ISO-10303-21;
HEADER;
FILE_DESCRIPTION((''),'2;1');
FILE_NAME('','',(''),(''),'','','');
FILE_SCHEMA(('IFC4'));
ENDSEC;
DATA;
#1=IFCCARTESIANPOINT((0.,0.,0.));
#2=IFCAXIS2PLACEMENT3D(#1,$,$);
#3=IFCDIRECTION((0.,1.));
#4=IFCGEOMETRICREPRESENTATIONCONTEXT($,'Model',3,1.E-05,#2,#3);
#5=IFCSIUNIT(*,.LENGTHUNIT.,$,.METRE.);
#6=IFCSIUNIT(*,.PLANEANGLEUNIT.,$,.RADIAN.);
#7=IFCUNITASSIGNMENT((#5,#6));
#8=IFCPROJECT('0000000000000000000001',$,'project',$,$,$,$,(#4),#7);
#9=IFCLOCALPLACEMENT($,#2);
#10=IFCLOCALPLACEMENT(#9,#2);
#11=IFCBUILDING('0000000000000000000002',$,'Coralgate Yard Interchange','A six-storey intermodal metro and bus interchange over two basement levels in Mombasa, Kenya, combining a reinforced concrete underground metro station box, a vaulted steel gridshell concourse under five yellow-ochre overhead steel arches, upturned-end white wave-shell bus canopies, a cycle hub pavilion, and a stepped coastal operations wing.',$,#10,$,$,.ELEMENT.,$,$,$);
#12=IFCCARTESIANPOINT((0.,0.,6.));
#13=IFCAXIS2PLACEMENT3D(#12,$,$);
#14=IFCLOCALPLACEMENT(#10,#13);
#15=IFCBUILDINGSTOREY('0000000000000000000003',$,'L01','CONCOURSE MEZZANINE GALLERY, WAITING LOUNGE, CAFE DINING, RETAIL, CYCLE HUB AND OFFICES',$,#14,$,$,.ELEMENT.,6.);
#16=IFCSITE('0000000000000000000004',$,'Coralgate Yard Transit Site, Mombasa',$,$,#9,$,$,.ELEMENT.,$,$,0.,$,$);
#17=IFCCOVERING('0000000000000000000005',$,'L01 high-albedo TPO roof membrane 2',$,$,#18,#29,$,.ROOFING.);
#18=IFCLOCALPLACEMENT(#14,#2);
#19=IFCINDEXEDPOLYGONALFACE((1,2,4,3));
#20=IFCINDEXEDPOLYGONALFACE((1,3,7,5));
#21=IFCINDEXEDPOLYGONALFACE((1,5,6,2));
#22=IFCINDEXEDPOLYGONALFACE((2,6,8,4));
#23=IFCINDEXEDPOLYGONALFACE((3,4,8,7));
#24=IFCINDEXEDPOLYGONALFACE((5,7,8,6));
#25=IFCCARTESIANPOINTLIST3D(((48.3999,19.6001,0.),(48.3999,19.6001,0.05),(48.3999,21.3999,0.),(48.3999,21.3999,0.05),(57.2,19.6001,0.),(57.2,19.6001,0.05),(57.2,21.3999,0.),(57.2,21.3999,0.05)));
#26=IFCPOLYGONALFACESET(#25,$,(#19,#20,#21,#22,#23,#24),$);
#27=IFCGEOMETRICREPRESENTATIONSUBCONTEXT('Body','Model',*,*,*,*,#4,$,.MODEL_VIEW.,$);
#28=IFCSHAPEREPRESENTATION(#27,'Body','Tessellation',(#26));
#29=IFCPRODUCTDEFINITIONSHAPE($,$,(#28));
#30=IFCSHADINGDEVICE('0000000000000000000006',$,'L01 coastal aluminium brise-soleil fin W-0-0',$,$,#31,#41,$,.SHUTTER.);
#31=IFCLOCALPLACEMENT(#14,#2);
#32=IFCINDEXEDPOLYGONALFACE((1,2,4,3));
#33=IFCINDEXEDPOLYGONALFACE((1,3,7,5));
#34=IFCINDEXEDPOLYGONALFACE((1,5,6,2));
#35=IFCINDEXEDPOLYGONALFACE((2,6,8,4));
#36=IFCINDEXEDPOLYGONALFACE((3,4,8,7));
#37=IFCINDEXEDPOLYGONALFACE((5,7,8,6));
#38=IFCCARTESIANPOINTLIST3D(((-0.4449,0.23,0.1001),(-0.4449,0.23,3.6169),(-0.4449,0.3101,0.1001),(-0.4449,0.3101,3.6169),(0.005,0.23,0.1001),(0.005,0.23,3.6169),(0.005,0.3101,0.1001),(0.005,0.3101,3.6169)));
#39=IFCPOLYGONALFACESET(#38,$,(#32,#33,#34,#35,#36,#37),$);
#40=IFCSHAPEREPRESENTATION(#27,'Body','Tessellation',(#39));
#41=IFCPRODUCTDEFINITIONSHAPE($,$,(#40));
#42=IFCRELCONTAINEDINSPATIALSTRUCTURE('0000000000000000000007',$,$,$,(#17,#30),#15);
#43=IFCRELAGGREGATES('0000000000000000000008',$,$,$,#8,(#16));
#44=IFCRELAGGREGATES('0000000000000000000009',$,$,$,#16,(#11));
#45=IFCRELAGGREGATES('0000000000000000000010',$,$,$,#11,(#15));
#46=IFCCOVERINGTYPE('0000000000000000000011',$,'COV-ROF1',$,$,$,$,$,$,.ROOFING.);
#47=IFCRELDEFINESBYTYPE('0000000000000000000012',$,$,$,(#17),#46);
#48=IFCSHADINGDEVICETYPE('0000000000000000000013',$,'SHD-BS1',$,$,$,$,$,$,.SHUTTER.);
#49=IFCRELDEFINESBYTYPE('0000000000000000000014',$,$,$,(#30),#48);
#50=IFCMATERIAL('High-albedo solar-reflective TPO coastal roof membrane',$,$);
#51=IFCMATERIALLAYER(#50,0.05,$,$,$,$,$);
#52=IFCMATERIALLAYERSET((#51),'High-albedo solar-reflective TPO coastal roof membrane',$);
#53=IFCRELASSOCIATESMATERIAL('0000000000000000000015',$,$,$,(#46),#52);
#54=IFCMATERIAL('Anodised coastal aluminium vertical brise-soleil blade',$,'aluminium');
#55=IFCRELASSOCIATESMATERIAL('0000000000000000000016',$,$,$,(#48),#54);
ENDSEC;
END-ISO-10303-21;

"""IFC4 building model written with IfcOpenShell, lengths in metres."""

from ifc_helpers import new_model, si_unit, direction, frame, origin, origin_2d, place, context, subcontext, project, spatial, polyline, rectangle, outline, extrude, material, layer, layer_set, type_object, element, save


model = new_model("IFC4")

# Units and contexts
model_context = context("Model", 3, precision=1e-05, world=origin(), true_north=direction((0.0, 1.0)))
body_context = subcontext(model_context, "Body", "Model", "MODEL_VIEW")
ifc_project = project(units=[si_unit("LENGTHUNIT", "METRE"), si_unit("PLANEANGLEUNIT", "RADIAN")], contexts=[model_context])

# Site, building, storey
site_placement = place(None, origin())
site = spatial("IfcSite", under=ifc_project, at=site_placement, Name="Coralgate Yard Transit Site, Mombasa", CompositionType="ELEMENT", RefElevation=0.0)
building_placement = place(site_placement, origin())
building = spatial("IfcBuilding", under=site, at=building_placement, Name="Coralgate Yard Interchange", Description="A six-storey intermodal metro and bus interchange over two basement levels in Mombasa, Kenya, combining a reinforced concrete underground metro station box, a vaulted steel gridshell concourse under five yellow-ochre overhead steel arches, upturned-end white wave-shell bus canopies, a cycle hub pavilion, and a stepped coastal operations wing.", CompositionType="ELEMENT")
storey_placement = place(building_placement, frame((0.0, 0.0, 6.0)))
storey = spatial("IfcBuildingStorey", under=building, at=storey_placement, Name="L01", Description="CONCOURSE MEZZANINE GALLERY, WAITING LOUNGE, CAFE DINING, RETAIL, CYCLE HUB AND OFFICES", CompositionType="ELEMENT", Elevation=6.0)

# Covering
ifc_material_1 = material(Name="High-albedo solar-reflective TPO coastal roof membrane")
ifc_layer_1 = layer(ifc_material_1, 0.05)
ifc_layer_set_1 = layer_set([ifc_layer_1], Name="High-albedo solar-reflective TPO coastal roof membrane")
covering_type = type_object("IfcCoveringType", Name="COV-ROF1", PredefinedType="ROOFING", material=ifc_layer_set_1)
covering_placement = place(storey_placement, origin())
element("IfcCovering", 1, at=covering_placement, inside=storey, type_object=covering_type, Name="L01 high-albedo TPO roof membrane 2", PredefinedType="ROOFING", context=body_context, shape_type="SweptSolid", body=[
    extrude(outline(polyline([(48.3999, 19.6001), (57.2, 19.6001), (57.2, 21.3999), (48.3999, 21.3999), (48.3999, 19.6001)])), origin(), (0.0, 0.0, 1.0), 0.05),
])

# Shading device
ifc_material_2 = material(Name="Anodised coastal aluminium vertical brise-soleil blade", Category="aluminium")
shading_device_type = type_object("IfcShadingDeviceType", Name="SHD-BS1", PredefinedType="SHUTTER", material=ifc_material_2)
shading_device_placement = place(storey_placement, frame((-0.22, 0.27, 0.1001), z_axis=(0.0, 0.0, 1.0), x_axis=(0.0, 1.0, 0.0)))
element("IfcShadingDevice", 2, at=shading_device_placement, inside=storey, type_object=shading_device_type, Name="L01 coastal aluminium brise-soleil fin W-0-0", PredefinedType="SHUTTER", context=body_context, shape_type="SweptSolid", body=[
    extrude(rectangle(XDim=0.0801, YDim=0.45, at=origin_2d()), origin(), (0.0, 0.0, 1.0), 3.5168),
])

save(model, "model.ifc")
